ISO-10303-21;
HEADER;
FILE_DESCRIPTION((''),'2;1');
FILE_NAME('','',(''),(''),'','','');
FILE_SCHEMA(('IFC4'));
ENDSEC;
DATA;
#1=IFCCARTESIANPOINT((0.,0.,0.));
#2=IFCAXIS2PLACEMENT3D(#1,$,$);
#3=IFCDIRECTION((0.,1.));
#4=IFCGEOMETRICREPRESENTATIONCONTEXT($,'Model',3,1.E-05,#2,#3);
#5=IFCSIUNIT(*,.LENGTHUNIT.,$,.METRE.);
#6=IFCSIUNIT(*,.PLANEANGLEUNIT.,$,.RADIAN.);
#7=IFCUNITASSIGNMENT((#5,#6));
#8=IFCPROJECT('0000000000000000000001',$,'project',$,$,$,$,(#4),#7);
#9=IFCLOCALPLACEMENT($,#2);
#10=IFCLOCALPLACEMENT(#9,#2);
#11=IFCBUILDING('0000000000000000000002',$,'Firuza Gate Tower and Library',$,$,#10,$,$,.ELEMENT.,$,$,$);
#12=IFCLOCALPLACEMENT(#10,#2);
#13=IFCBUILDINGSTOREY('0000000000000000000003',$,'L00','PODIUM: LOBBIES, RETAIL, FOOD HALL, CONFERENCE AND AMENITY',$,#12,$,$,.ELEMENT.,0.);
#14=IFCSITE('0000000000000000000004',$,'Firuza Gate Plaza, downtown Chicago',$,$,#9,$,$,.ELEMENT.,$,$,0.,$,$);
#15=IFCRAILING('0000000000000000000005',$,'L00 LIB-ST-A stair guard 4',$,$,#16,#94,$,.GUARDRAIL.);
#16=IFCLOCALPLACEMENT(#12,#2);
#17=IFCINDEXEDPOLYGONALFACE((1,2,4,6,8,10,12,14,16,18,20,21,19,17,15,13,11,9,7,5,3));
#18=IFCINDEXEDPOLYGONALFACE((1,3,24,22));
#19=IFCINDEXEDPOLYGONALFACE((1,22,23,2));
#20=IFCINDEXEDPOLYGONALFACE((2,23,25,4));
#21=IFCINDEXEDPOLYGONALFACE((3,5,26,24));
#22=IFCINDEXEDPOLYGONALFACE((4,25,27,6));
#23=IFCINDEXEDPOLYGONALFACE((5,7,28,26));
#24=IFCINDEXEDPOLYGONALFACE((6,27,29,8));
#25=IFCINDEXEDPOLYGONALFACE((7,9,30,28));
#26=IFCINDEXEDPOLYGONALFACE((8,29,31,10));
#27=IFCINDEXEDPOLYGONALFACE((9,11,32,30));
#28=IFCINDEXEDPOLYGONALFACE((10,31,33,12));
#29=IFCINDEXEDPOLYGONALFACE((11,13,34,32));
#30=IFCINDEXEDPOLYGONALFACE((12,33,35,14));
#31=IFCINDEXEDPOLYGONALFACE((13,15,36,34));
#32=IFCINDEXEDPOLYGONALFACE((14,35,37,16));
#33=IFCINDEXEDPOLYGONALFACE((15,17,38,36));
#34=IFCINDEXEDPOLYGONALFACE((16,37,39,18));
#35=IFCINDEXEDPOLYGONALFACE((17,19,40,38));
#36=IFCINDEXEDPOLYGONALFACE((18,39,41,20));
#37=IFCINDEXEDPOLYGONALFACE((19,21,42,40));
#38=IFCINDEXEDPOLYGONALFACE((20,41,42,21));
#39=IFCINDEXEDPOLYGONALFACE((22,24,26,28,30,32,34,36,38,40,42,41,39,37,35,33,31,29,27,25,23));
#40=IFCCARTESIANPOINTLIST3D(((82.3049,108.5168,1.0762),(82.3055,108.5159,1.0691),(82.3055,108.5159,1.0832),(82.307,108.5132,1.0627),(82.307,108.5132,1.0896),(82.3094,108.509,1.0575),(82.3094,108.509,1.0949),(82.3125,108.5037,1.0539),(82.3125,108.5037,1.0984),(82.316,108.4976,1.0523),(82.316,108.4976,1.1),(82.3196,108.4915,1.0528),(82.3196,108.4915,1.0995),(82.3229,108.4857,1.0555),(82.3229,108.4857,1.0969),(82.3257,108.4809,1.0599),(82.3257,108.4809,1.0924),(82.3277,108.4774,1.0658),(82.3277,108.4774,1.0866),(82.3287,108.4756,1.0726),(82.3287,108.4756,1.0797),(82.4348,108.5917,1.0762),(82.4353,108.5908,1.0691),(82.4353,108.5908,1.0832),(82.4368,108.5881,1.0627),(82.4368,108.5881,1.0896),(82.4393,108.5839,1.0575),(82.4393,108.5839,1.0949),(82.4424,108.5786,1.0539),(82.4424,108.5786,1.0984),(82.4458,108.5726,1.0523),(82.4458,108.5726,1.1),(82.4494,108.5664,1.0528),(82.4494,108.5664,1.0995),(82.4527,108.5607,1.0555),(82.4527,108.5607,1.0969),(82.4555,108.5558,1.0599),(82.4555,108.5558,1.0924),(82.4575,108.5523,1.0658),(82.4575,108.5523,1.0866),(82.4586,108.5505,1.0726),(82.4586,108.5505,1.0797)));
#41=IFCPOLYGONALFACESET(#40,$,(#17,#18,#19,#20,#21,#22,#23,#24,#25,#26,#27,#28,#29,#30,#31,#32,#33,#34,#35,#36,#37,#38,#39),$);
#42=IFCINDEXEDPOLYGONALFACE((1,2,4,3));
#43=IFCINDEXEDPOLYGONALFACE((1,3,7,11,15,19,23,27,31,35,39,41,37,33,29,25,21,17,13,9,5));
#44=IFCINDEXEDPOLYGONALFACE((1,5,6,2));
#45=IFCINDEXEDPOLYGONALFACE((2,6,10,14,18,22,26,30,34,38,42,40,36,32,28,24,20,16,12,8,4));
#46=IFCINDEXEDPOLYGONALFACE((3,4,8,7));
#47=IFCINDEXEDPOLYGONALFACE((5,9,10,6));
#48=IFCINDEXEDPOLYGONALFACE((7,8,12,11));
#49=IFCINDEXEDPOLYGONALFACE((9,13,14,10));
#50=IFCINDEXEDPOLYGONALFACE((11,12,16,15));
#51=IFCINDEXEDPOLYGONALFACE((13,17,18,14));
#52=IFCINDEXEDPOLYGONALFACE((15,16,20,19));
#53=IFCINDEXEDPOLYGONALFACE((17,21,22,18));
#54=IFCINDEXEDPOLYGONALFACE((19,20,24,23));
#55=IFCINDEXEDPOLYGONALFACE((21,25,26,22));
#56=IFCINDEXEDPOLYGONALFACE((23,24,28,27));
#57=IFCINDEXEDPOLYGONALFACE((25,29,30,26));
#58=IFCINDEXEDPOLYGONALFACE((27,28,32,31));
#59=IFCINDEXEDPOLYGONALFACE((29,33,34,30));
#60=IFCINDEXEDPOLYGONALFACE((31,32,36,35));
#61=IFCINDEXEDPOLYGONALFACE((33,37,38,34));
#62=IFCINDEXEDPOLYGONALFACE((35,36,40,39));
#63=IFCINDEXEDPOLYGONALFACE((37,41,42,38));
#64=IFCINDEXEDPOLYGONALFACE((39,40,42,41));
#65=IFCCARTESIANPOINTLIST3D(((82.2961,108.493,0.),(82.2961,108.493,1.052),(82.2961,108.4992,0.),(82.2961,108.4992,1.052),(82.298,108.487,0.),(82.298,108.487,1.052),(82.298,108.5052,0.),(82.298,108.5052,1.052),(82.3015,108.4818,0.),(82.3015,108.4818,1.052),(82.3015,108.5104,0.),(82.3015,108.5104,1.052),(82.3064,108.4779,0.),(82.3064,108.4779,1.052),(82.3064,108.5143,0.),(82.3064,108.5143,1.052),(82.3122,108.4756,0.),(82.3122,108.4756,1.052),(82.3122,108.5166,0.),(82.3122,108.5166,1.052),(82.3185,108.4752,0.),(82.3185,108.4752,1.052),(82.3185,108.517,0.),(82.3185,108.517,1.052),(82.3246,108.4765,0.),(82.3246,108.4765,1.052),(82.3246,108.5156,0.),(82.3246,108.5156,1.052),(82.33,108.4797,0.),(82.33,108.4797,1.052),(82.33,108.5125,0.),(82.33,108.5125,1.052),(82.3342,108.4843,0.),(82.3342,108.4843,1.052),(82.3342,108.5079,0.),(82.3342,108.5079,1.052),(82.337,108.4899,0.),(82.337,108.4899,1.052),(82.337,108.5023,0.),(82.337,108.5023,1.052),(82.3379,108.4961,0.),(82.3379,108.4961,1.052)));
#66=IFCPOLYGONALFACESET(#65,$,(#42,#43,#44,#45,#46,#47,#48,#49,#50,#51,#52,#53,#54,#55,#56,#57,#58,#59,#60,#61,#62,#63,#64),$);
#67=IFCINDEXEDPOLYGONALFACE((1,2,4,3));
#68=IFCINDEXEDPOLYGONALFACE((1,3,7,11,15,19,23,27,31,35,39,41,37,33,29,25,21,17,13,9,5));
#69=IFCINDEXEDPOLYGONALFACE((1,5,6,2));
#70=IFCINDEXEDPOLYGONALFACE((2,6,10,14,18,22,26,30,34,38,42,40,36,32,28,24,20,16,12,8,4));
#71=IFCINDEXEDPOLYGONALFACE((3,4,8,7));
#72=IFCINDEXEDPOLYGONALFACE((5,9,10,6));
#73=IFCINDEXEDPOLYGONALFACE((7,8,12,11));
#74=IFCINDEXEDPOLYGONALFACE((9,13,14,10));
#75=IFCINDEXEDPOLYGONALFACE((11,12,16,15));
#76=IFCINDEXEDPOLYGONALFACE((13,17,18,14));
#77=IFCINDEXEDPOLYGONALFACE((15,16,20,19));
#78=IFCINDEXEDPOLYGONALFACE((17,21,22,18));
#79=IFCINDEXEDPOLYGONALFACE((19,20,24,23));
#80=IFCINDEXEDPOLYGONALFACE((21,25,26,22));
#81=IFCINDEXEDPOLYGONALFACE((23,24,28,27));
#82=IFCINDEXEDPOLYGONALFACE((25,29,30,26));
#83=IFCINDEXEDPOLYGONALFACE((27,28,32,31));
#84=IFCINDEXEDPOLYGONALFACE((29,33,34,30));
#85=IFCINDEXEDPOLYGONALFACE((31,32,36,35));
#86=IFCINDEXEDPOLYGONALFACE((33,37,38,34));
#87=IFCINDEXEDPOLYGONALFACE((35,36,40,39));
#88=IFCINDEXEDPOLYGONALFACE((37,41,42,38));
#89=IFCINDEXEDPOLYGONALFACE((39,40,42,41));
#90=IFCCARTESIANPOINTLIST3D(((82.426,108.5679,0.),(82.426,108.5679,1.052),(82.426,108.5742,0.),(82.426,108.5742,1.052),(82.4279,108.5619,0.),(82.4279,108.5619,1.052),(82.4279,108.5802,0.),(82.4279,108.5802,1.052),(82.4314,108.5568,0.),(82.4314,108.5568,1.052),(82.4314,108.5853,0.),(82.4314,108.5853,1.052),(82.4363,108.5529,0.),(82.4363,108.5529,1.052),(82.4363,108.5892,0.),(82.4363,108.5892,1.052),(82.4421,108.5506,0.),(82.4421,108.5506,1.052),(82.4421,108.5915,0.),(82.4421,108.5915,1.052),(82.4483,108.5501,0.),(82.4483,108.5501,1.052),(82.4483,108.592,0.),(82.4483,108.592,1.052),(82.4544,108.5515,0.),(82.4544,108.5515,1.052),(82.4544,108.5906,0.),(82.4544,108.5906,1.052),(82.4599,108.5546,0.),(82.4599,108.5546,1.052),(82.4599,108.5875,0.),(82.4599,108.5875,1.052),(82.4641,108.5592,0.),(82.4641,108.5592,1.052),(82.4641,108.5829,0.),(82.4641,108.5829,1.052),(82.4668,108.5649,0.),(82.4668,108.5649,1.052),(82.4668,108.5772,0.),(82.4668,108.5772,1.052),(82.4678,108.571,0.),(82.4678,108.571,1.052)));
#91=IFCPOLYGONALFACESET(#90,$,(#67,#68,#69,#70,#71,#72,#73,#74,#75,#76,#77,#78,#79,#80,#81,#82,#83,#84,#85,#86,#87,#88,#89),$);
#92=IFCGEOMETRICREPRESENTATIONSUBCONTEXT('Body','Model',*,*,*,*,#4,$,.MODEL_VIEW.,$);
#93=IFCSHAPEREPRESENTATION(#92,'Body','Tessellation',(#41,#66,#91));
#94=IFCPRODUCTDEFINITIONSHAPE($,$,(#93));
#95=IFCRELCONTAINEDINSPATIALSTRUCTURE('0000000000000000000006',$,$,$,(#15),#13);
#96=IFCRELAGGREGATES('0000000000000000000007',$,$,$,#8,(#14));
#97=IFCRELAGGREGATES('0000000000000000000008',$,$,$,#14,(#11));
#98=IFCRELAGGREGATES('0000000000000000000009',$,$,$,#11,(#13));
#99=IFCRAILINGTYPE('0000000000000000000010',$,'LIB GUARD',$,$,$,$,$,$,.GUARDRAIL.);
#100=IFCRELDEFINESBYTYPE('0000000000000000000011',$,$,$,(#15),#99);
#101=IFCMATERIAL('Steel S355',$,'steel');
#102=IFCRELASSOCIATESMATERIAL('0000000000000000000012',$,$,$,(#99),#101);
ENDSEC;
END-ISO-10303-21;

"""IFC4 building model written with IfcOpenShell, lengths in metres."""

from ifc_helpers import new_model, si_unit, direction, frame, origin, origin_2d, place, context, subcontext, project, spatial, circle, extrude, material, type_object, element, save


model = new_model("IFC4")

# Units and contexts
model_context = context("Model", 3, precision=1e-05, world=origin(), true_north=direction((0.0, 1.0)))
body_context = subcontext(model_context, "Body", "Model", "MODEL_VIEW")
ifc_project = project(units=[si_unit("LENGTHUNIT", "METRE"), si_unit("PLANEANGLEUNIT", "RADIAN")], contexts=[model_context])

# Site, building, storey
site_placement = place(None, origin())
site = spatial("IfcSite", under=ifc_project, at=site_placement, Name="Firuza Gate Plaza, downtown Chicago", CompositionType="ELEMENT", RefElevation=0.0)
building_placement = place(site_placement, origin())
building = spatial("IfcBuilding", under=site, at=building_placement, Name="Firuza Gate Tower and Library", CompositionType="ELEMENT")
storey_placement = place(building_placement, origin())
storey = spatial("IfcBuildingStorey", under=building, at=storey_placement, Name="L00", Description="PODIUM: LOBBIES, RETAIL, FOOD HALL, CONFERENCE AND AMENITY", CompositionType="ELEMENT", Elevation=0.0)

# Railing
ifc_material_1 = material(Name="Steel S355", Category="steel")
railing_type_1 = type_object("IfcRailingType", Name="LIB GUARD", PredefinedType="GUARDRAIL", material=ifc_material_1)
railing_1_placement = place(storey_placement, frame((82.3169, 108.4961, 0.0)))
element("IfcRailing", 1, at=railing_1_placement, inside=storey, type_object=railing_type_1, Name="L00 LIB-ST-A stair guard 4", PredefinedType="GUARDRAIL", context=body_context, shape_type="SweptSolid", body=[
    extrude(circle(Radius=0.0239, at=origin_2d()), frame((0.0, 0.0, 1.0762), z_axis=(0.866131, 0.499816, 0.0), x_axis=(-0.499816, 0.866131, 0.0)), (0.0, 0.0, 1.0), 0.1499),
    extrude(circle(Radius=0.021, at=origin_2d()), origin(), (0.0, 0.0, 1.0), 1.052),
    extrude(circle(Radius=0.021, at=origin_2d()), frame((0.1299, 0.075, 0.0)), (0.0, 0.0, 1.0), 1.052),
])

save(model, "model.ifc")
